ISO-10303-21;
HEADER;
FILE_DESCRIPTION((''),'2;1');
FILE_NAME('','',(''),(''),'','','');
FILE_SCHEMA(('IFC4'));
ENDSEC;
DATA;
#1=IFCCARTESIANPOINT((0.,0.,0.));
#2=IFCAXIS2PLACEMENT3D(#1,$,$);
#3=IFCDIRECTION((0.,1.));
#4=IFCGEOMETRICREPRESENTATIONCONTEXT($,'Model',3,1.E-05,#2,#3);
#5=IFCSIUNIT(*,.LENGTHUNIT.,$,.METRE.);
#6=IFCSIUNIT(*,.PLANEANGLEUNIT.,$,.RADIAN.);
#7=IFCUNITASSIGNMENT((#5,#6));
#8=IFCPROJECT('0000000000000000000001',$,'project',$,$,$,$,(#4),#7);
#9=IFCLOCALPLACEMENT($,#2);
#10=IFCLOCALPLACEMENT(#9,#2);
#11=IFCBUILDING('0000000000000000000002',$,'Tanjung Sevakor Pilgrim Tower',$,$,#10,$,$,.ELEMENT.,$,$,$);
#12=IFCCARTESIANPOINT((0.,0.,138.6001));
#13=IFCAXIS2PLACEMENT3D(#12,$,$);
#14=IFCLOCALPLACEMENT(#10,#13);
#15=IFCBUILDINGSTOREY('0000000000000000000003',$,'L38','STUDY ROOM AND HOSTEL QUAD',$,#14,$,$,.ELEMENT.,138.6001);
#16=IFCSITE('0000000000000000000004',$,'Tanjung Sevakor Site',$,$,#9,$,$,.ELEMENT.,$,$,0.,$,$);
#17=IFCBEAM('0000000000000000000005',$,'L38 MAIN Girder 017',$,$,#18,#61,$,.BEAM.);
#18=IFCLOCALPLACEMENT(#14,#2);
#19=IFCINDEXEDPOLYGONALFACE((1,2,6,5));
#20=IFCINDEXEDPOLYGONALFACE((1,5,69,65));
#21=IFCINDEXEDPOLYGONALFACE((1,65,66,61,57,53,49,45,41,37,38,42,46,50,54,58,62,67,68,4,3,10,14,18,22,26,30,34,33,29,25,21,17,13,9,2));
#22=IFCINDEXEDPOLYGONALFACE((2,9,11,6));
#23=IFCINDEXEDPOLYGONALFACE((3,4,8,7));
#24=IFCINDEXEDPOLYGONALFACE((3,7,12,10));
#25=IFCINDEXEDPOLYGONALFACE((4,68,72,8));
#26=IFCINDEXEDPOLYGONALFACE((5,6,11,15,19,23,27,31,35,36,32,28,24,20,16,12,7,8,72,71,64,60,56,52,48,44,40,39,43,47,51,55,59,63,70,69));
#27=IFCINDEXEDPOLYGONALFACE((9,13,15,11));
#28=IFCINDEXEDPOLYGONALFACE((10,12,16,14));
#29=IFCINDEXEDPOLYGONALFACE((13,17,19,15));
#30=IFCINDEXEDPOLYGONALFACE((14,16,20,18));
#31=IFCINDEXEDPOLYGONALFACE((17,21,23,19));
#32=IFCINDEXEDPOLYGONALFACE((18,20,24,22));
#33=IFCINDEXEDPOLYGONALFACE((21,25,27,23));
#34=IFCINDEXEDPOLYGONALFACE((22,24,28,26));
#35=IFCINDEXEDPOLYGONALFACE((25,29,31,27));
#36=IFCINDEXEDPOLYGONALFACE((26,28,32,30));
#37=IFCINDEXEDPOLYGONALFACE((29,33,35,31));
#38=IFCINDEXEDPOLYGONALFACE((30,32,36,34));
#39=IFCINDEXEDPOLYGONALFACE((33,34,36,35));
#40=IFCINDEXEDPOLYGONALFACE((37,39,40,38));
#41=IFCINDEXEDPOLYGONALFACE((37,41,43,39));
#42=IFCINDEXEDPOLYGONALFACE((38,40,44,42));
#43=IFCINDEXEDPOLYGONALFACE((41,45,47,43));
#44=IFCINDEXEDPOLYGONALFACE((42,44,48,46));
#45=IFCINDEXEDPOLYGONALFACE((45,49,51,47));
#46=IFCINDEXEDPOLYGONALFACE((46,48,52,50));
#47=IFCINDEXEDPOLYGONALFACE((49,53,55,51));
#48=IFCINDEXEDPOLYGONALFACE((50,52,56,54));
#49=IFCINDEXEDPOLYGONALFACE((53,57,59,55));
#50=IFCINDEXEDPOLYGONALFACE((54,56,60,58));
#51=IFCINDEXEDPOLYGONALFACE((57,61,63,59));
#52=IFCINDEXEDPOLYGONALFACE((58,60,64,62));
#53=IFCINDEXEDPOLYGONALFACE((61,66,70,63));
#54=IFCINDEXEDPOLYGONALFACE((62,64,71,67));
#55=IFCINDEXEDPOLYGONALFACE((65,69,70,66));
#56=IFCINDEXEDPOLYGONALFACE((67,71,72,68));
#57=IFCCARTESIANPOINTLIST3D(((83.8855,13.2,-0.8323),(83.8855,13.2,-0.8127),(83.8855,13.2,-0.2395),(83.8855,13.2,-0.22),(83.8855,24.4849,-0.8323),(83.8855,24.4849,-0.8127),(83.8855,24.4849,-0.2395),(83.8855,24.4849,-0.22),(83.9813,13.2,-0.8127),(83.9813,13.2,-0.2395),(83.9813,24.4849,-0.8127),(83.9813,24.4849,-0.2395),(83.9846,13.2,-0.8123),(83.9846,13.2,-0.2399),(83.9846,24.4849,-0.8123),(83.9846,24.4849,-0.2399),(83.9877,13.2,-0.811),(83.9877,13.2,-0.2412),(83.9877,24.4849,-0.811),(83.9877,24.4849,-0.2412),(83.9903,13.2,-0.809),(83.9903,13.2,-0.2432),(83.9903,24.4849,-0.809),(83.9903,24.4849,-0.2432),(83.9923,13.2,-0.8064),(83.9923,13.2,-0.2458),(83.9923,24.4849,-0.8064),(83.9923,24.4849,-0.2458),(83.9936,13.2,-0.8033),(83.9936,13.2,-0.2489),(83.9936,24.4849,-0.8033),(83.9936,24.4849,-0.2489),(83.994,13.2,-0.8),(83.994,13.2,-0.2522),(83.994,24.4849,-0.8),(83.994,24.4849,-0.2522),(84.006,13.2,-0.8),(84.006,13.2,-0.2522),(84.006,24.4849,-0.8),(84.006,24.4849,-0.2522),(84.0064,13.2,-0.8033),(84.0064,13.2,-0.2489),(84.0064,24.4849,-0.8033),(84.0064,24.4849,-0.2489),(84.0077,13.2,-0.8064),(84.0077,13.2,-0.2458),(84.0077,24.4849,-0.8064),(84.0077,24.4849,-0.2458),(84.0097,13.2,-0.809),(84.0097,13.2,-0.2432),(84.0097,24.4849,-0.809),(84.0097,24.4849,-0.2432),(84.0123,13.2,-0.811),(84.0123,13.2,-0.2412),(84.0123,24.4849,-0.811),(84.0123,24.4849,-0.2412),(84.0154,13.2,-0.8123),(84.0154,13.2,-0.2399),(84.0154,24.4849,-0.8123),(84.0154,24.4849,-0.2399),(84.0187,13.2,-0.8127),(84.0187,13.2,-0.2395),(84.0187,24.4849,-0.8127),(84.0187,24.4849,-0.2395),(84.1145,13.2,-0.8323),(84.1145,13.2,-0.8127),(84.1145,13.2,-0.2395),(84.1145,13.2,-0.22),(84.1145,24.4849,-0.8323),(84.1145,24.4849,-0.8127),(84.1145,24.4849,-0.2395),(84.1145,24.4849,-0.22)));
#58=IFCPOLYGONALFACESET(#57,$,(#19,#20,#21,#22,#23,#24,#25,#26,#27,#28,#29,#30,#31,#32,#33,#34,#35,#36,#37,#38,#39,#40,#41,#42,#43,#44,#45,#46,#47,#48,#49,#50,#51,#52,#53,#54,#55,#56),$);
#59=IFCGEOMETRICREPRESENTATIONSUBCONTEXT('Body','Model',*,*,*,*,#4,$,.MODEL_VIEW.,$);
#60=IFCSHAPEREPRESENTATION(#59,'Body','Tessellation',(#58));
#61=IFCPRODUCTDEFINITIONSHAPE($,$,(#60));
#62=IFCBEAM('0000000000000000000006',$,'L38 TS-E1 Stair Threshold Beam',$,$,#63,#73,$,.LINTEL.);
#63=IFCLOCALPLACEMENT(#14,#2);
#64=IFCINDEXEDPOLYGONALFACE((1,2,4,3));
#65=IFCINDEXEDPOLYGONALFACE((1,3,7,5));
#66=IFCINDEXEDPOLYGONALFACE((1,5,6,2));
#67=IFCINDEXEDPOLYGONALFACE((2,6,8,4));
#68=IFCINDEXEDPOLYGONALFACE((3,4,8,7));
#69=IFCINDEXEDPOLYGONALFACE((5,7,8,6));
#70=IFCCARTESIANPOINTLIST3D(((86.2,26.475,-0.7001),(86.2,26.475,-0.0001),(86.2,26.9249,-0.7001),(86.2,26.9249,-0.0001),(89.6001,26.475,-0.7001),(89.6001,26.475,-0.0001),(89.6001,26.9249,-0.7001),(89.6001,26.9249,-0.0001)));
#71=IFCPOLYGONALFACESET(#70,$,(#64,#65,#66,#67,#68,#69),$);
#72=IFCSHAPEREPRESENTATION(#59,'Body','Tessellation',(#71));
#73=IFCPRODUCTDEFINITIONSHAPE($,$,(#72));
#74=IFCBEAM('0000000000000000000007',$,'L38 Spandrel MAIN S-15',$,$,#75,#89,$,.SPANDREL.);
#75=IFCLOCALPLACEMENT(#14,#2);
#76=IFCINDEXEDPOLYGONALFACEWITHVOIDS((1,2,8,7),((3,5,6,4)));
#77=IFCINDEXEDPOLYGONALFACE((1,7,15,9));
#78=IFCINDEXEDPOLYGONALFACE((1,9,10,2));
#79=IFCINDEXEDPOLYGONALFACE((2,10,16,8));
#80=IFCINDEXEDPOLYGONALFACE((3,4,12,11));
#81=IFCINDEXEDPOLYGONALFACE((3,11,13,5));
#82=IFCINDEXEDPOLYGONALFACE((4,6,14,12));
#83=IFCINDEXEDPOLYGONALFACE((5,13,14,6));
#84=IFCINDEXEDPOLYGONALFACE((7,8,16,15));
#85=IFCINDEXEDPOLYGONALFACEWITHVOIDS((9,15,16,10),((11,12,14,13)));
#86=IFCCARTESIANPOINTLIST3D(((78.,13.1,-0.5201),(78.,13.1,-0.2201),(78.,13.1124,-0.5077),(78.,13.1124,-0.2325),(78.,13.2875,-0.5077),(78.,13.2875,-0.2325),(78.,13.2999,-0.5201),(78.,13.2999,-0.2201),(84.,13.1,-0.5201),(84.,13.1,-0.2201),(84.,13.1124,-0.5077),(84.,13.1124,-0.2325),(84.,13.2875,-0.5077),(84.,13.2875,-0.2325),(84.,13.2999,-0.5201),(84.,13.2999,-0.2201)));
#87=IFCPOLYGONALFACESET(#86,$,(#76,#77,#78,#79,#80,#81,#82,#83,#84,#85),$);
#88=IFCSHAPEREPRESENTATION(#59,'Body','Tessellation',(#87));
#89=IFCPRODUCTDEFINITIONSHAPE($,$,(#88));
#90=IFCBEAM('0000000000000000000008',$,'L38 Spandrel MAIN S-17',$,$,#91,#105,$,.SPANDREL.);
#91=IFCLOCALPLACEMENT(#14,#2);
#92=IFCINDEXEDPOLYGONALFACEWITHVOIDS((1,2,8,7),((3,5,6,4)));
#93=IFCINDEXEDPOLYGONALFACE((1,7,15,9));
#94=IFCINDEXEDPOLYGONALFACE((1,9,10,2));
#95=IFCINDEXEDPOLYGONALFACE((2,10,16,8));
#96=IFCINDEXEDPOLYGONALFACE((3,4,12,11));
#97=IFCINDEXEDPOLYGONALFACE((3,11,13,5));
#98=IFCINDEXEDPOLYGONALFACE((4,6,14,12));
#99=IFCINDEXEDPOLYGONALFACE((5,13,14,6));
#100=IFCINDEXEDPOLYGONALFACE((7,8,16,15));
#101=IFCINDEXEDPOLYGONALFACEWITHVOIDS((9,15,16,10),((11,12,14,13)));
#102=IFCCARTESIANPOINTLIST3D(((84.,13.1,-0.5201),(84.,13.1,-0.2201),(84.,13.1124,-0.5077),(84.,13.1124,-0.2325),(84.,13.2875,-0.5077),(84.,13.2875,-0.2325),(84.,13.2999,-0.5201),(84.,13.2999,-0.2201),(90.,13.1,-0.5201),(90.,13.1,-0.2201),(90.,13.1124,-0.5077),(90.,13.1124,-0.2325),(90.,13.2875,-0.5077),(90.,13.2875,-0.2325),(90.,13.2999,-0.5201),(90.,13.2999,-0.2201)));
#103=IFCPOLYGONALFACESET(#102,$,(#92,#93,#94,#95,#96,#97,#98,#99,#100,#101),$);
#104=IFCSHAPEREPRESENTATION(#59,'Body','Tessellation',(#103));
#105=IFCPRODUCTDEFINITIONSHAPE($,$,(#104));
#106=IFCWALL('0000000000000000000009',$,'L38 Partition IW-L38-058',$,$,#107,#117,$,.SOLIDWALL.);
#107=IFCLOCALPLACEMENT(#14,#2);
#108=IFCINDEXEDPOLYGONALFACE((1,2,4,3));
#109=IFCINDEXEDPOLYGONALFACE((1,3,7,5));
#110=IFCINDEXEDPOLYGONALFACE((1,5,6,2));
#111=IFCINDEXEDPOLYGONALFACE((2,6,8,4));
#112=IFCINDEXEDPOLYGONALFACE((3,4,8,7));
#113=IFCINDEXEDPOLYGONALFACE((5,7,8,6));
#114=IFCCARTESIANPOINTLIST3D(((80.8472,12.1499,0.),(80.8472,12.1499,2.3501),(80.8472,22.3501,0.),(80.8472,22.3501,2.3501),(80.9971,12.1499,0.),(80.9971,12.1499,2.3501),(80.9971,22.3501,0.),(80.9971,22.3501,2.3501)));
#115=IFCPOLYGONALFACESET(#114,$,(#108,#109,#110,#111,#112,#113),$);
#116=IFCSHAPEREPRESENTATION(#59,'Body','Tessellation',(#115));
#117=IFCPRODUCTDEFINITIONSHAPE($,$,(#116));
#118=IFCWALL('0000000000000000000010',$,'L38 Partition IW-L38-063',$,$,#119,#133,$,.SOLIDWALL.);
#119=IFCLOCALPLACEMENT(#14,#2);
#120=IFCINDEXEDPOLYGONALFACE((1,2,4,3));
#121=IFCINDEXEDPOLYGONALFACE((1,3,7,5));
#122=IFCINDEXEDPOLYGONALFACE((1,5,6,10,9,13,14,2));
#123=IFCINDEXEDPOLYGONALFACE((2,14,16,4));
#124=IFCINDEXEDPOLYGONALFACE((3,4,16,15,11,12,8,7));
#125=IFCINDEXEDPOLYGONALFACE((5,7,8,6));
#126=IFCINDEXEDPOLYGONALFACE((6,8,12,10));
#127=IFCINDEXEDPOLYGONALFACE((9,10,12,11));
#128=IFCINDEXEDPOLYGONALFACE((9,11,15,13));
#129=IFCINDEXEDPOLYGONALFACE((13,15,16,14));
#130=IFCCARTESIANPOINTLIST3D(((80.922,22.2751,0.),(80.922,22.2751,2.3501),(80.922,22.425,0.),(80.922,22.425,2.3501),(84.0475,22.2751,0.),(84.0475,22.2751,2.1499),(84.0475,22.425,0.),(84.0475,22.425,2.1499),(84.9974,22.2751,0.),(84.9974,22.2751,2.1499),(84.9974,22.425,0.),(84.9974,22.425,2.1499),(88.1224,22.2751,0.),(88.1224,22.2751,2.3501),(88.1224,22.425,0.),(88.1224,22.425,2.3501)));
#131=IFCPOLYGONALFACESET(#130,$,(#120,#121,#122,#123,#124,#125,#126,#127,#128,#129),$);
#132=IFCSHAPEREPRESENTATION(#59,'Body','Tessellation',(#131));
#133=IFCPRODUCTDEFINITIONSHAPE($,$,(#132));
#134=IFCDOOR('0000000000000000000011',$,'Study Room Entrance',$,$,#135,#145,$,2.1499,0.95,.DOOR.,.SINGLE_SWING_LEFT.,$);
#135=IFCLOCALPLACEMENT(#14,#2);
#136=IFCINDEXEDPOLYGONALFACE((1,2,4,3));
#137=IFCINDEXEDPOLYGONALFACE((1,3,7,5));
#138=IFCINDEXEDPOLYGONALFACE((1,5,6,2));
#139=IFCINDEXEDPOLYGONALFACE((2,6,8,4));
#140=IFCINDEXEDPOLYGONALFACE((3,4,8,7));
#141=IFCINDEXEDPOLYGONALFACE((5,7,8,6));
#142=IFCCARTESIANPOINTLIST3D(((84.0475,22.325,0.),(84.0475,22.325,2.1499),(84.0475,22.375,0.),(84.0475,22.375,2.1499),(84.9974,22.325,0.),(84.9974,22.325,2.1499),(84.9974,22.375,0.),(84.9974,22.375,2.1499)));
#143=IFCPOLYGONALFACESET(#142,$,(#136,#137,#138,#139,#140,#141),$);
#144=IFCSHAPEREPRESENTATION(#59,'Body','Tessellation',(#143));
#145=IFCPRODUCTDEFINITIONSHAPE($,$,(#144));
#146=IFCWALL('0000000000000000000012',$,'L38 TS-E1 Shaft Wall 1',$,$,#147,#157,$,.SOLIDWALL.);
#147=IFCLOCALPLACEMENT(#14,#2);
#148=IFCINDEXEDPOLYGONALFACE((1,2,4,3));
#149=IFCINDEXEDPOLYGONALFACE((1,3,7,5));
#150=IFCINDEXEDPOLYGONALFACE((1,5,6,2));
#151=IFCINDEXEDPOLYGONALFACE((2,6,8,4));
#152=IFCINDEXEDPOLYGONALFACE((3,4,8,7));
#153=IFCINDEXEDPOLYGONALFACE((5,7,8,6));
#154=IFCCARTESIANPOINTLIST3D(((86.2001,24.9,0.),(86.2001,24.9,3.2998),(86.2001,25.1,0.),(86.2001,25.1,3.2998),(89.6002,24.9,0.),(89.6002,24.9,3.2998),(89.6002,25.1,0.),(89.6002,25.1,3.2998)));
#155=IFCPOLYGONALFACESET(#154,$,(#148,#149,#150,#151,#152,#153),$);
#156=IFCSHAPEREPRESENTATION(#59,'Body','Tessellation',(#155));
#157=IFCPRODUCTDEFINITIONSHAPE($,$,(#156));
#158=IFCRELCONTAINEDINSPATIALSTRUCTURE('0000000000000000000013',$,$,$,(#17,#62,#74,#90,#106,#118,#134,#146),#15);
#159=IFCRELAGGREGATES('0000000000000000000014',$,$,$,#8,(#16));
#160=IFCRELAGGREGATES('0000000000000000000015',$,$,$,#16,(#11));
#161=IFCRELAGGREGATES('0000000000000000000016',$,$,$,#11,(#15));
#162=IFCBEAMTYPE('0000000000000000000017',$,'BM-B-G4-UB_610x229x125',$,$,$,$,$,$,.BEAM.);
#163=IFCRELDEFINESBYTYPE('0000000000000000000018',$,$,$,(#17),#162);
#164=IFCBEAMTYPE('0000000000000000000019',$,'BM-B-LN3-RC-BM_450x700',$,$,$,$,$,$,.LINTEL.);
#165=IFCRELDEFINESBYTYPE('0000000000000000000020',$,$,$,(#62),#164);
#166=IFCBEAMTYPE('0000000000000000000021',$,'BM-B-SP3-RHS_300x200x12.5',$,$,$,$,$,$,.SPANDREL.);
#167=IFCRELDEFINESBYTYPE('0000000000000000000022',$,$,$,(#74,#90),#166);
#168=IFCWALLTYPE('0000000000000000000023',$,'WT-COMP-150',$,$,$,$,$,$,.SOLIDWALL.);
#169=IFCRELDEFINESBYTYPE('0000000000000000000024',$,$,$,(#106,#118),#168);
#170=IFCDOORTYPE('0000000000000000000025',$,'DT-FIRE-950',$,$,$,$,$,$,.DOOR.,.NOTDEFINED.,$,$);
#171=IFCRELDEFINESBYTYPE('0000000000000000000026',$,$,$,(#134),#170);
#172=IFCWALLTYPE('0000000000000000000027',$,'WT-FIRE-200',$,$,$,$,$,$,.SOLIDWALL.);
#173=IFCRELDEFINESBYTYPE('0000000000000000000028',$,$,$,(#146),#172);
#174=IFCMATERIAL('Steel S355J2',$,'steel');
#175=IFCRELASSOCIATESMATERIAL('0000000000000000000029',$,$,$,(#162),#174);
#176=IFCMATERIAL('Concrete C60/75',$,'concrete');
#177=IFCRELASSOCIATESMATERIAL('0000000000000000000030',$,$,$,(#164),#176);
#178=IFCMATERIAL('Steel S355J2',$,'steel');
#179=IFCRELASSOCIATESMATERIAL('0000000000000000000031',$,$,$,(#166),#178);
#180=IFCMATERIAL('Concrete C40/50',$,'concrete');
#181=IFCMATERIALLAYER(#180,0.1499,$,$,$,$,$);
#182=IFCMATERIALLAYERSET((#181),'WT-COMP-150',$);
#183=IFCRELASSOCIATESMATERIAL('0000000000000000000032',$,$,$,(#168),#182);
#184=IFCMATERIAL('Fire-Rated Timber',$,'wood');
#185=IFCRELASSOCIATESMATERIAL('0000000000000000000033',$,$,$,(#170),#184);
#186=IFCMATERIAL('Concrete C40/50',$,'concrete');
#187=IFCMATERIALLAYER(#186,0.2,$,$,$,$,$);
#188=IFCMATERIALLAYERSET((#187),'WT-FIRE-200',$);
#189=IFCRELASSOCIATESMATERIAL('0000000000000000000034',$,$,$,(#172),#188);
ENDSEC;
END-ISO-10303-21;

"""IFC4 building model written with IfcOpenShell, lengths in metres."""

from ifc_helpers import new_model, si_unit, direction, frame, frame_2d, origin, origin_2d, place, context, subcontext, project, spatial, rectangle, hollow_rectangle, i_section, extrude, material, layer, layer_set, material_profile, profile_set, type_object, element, fill, save


model = new_model("IFC4")

# Units and contexts
model_context = context("Model", 3, precision=1e-05, world=origin(), true_north=direction((0.0, 1.0)))
body_context = subcontext(model_context, "Body", "Model", "MODEL_VIEW")
ifc_project = project(units=[si_unit("LENGTHUNIT", "METRE"), si_unit("PLANEANGLEUNIT", "RADIAN")], contexts=[model_context])

# Site, building, storey
site_placement = place(None, origin())
site = spatial("IfcSite", under=ifc_project, at=site_placement, Name="Tanjung Sevakor Site", CompositionType="ELEMENT", RefElevation=0.0)
building_placement = place(site_placement, origin())
building = spatial("IfcBuilding", under=site, at=building_placement, Name="Tanjung Sevakor Pilgrim Tower", CompositionType="ELEMENT")
storey_placement = place(building_placement, frame((0.0, 0.0, 138.6001)))
storey = spatial("IfcBuildingStorey", under=building, at=storey_placement, Name="L38", Description="STUDY ROOM AND HOSTEL QUAD", CompositionType="ELEMENT", Elevation=138.6001)

# Beams
ifc_material_1 = material(Name="Steel S355J2", Category="steel")
ifc_material_profile_1 = material_profile(ifc_material_1, i_section(OverallWidth=0.229, OverallDepth=0.6123, WebThickness=0.012, FlangeThickness=0.0195, FilletRadius=0.0127, at=origin_2d()))
ifc_profile_set_1 = profile_set([ifc_material_profile_1], Name="Steel S355J2")
beam_type_1 = type_object("IfcBeamType", Name="BM-B-G4-UB_610x229x125", PredefinedType="BEAM", material=ifc_profile_set_1)
beam_1_placement = place(storey_placement, frame((84.0, 13.2, -0.5261), z_axis=(0.0, 1.0, 0.0), x_axis=(-1.0, 0.0, 0.0)))
element("IfcBeam", 1, at=beam_1_placement, inside=storey, type_object=beam_type_1, Name="L38 MAIN Girder 017", PredefinedType="BEAM", context=body_context, shape_type="SweptSolid", body=[
    extrude(i_section(OverallWidth=0.229, OverallDepth=0.6123, WebThickness=0.012, FlangeThickness=0.0195, FilletRadius=0.0127, at=origin_2d()), origin(), (0.0, 0.0, 1.0), 11.2849),
])
ifc_material_2 = material(Name="Concrete C60/75", Category="concrete")
ifc_material_profile_2 = material_profile(ifc_material_2, rectangle(XDim=0.45, YDim=0.7, at=origin_2d()))
ifc_profile_set_2 = profile_set([ifc_material_profile_2], Name="Concrete C60/75")
beam_type_2 = type_object("IfcBeamType", Name="BM-B-LN3-RC-BM_450x700", PredefinedType="LINTEL", material=ifc_profile_set_2)
beam_2_placement = place(storey_placement, frame((86.2, 26.7, -0.3501), z_axis=(1.0, 0.0, 0.0), x_axis=(0.0, 1.0, 0.0)))
element("IfcBeam", 2, at=beam_2_placement, inside=storey, type_object=beam_type_2, Name="L38 TS-E1 Stair Threshold Beam", PredefinedType="LINTEL", context=body_context, shape_type="SweptSolid", body=[
    extrude(rectangle(XDim=0.45, YDim=0.7, at=origin_2d()), origin(), (0.0, 0.0, 1.0), 3.4001),
])
ifc_material_3 = material(Name="Steel S355J2", Category="steel")
ifc_material_profile_3 = material_profile(ifc_material_3, hollow_rectangle(XDim=0.2, YDim=0.3, WallThickness=0.0125, at=origin_2d()))
ifc_profile_set_3 = profile_set([ifc_material_profile_3], Name="Steel S355J2")
beam_type_3 = type_object("IfcBeamType", Name="BM-B-SP3-RHS_300x200x12.5", PredefinedType="SPANDREL", material=ifc_profile_set_3)
for number, where, z_axis, x_axis, name in (
    (3, (78.0, 13.2, -0.3701), (1.0, 0.0, 0.0), (0.0, 1.0, 0.0), "L38 Spandrel MAIN S-15"),
    (4, (84.0, 13.2, -0.3701), (1.0, 0.0, 0.0), (0.0, 1.0, 0.0), "L38 Spandrel MAIN S-17"),
):
    element("IfcBeam", number, at=place(storey_placement, frame(where, z_axis=z_axis, x_axis=x_axis)), inside=storey, type_object=beam_type_3, Name=name, PredefinedType="SPANDREL", context=body_context, shape_type="SweptSolid", body=[
        extrude(hollow_rectangle(XDim=0.2, YDim=0.3, WallThickness=0.0125, at=origin_2d()), origin(), (0.0, 0.0, 1.0), 6.0),
    ])

# Shared definitions
ifc_material_4 = material(Name="Concrete C40/50", Category="concrete")
ifc_layer_1 = layer(ifc_material_4, 0.1499)
ifc_layer_set_1 = layer_set([ifc_layer_1], Name="WT-COMP-150")
wall_type_1 = type_object("IfcWallType", Name="WT-COMP-150", PredefinedType="SOLIDWALL", material=ifc_layer_set_1)
ifc_material_5 = material(Name="Fire-Rated Timber", Category="wood")
door_type_1 = type_object("IfcDoorType", Name="DT-FIRE-950", OperationType="NOTDEFINED", PredefinedType="DOOR", material=ifc_material_5)

# Wall
wall_1_placement = place(storey_placement, frame((80.9221, 12.1499, 0.0), z_axis=(0.0, 0.0, 1.0), x_axis=(0.0, 1.0, 0.0)))
element("IfcWall", 5, at=wall_1_placement, inside=storey, type_object=wall_type_1, Name="L38 Partition IW-L38-058", PredefinedType="SOLIDWALL", context=body_context, shape_type="SweptSolid", body=[
    extrude(rectangle(XDim=10.2002, YDim=0.1499, at=frame_2d((5.1001, 0.0))), origin(), (0.0, 0.0, 1.0), 2.3501),
])

# Wall, opening, door
wall_2_placement = place(storey_placement, frame((80.9221, 22.3501, 0.0), z_axis=(0.0, 0.0, 1.0), x_axis=(1.0, 0.0, 0.0)))
wall_2 = element("IfcWall", 6, at=wall_2_placement, inside=storey, type_object=wall_type_1, Name="L38 Partition IW-L38-063", PredefinedType="SOLIDWALL", context=body_context, shape_type="SweptSolid", body=[
    extrude(rectangle(XDim=7.2004, YDim=0.1499, at=frame_2d((3.6001, 0.0))), origin(), (0.0, 0.0, 1.0), 2.3501),
])
opening_1_placement = place(wall_2_placement, frame((3.1252, 0.0, 0.0)))
opening_1 = element("IfcOpeningElement", 7, at=opening_1_placement, cuts=wall_2, PredefinedType="OPENING", context=body_context, shape_type="SweptSolid", body=[
    extrude(rectangle(XDim=0.95, YDim=2.1499, at=frame_2d((0.4751, 1.075))), frame((0.0, 0.085, 0.0), z_axis=(0.0, -1.0, 0.0), x_axis=(1.0, 0.0, 0.0)), (0.0, 0.0, 1.0), 0.1699),
])
door_1_placement = place(opening_1_placement, origin())
door_1 = element("IfcDoor", 8, at=door_1_placement, inside=storey, type_object=door_type_1, Name="Study Room Entrance", OperationType="SINGLE_SWING_LEFT", OverallHeight=2.1499, OverallWidth=0.95, PredefinedType="DOOR", context=body_context, shape_type="SweptSolid", body=[
    extrude(rectangle(XDim=0.95, YDim=2.1499, at=frame_2d((0.4751, 1.075))), frame((0.0, 0.0249, 0.0), z_axis=(0.0, -1.0, 0.0), x_axis=(1.0, 0.0, 0.0)), (0.0, 0.0, 1.0), 0.05),
])
fill(opening_1, door_1)

# Wall
ifc_material_6 = material(Name="Concrete C40/50", Category="concrete")
ifc_layer_2 = layer(ifc_material_6, 0.2)
ifc_layer_set_2 = layer_set([ifc_layer_2], Name="WT-FIRE-200")
wall_type_2 = type_object("IfcWallType", Name="WT-FIRE-200", PredefinedType="SOLIDWALL", material=ifc_layer_set_2)
wall_3_placement = place(storey_placement, frame((86.2, 25.0, 0.0), z_axis=(0.0, 0.0, 1.0), x_axis=(1.0, 0.0, 0.0)))
element("IfcWall", 9, at=wall_3_placement, inside=storey, type_object=wall_type_2, Name="L38 TS-E1 Shaft Wall 1", PredefinedType="SOLIDWALL", context=body_context, shape_type="SweptSolid", body=[
    extrude(rectangle(XDim=3.4001, YDim=0.2, at=frame_2d((1.7002, 0.0))), origin(), (0.0, 0.0, 1.0), 3.2998),
])

save(model, "model.ifc")
